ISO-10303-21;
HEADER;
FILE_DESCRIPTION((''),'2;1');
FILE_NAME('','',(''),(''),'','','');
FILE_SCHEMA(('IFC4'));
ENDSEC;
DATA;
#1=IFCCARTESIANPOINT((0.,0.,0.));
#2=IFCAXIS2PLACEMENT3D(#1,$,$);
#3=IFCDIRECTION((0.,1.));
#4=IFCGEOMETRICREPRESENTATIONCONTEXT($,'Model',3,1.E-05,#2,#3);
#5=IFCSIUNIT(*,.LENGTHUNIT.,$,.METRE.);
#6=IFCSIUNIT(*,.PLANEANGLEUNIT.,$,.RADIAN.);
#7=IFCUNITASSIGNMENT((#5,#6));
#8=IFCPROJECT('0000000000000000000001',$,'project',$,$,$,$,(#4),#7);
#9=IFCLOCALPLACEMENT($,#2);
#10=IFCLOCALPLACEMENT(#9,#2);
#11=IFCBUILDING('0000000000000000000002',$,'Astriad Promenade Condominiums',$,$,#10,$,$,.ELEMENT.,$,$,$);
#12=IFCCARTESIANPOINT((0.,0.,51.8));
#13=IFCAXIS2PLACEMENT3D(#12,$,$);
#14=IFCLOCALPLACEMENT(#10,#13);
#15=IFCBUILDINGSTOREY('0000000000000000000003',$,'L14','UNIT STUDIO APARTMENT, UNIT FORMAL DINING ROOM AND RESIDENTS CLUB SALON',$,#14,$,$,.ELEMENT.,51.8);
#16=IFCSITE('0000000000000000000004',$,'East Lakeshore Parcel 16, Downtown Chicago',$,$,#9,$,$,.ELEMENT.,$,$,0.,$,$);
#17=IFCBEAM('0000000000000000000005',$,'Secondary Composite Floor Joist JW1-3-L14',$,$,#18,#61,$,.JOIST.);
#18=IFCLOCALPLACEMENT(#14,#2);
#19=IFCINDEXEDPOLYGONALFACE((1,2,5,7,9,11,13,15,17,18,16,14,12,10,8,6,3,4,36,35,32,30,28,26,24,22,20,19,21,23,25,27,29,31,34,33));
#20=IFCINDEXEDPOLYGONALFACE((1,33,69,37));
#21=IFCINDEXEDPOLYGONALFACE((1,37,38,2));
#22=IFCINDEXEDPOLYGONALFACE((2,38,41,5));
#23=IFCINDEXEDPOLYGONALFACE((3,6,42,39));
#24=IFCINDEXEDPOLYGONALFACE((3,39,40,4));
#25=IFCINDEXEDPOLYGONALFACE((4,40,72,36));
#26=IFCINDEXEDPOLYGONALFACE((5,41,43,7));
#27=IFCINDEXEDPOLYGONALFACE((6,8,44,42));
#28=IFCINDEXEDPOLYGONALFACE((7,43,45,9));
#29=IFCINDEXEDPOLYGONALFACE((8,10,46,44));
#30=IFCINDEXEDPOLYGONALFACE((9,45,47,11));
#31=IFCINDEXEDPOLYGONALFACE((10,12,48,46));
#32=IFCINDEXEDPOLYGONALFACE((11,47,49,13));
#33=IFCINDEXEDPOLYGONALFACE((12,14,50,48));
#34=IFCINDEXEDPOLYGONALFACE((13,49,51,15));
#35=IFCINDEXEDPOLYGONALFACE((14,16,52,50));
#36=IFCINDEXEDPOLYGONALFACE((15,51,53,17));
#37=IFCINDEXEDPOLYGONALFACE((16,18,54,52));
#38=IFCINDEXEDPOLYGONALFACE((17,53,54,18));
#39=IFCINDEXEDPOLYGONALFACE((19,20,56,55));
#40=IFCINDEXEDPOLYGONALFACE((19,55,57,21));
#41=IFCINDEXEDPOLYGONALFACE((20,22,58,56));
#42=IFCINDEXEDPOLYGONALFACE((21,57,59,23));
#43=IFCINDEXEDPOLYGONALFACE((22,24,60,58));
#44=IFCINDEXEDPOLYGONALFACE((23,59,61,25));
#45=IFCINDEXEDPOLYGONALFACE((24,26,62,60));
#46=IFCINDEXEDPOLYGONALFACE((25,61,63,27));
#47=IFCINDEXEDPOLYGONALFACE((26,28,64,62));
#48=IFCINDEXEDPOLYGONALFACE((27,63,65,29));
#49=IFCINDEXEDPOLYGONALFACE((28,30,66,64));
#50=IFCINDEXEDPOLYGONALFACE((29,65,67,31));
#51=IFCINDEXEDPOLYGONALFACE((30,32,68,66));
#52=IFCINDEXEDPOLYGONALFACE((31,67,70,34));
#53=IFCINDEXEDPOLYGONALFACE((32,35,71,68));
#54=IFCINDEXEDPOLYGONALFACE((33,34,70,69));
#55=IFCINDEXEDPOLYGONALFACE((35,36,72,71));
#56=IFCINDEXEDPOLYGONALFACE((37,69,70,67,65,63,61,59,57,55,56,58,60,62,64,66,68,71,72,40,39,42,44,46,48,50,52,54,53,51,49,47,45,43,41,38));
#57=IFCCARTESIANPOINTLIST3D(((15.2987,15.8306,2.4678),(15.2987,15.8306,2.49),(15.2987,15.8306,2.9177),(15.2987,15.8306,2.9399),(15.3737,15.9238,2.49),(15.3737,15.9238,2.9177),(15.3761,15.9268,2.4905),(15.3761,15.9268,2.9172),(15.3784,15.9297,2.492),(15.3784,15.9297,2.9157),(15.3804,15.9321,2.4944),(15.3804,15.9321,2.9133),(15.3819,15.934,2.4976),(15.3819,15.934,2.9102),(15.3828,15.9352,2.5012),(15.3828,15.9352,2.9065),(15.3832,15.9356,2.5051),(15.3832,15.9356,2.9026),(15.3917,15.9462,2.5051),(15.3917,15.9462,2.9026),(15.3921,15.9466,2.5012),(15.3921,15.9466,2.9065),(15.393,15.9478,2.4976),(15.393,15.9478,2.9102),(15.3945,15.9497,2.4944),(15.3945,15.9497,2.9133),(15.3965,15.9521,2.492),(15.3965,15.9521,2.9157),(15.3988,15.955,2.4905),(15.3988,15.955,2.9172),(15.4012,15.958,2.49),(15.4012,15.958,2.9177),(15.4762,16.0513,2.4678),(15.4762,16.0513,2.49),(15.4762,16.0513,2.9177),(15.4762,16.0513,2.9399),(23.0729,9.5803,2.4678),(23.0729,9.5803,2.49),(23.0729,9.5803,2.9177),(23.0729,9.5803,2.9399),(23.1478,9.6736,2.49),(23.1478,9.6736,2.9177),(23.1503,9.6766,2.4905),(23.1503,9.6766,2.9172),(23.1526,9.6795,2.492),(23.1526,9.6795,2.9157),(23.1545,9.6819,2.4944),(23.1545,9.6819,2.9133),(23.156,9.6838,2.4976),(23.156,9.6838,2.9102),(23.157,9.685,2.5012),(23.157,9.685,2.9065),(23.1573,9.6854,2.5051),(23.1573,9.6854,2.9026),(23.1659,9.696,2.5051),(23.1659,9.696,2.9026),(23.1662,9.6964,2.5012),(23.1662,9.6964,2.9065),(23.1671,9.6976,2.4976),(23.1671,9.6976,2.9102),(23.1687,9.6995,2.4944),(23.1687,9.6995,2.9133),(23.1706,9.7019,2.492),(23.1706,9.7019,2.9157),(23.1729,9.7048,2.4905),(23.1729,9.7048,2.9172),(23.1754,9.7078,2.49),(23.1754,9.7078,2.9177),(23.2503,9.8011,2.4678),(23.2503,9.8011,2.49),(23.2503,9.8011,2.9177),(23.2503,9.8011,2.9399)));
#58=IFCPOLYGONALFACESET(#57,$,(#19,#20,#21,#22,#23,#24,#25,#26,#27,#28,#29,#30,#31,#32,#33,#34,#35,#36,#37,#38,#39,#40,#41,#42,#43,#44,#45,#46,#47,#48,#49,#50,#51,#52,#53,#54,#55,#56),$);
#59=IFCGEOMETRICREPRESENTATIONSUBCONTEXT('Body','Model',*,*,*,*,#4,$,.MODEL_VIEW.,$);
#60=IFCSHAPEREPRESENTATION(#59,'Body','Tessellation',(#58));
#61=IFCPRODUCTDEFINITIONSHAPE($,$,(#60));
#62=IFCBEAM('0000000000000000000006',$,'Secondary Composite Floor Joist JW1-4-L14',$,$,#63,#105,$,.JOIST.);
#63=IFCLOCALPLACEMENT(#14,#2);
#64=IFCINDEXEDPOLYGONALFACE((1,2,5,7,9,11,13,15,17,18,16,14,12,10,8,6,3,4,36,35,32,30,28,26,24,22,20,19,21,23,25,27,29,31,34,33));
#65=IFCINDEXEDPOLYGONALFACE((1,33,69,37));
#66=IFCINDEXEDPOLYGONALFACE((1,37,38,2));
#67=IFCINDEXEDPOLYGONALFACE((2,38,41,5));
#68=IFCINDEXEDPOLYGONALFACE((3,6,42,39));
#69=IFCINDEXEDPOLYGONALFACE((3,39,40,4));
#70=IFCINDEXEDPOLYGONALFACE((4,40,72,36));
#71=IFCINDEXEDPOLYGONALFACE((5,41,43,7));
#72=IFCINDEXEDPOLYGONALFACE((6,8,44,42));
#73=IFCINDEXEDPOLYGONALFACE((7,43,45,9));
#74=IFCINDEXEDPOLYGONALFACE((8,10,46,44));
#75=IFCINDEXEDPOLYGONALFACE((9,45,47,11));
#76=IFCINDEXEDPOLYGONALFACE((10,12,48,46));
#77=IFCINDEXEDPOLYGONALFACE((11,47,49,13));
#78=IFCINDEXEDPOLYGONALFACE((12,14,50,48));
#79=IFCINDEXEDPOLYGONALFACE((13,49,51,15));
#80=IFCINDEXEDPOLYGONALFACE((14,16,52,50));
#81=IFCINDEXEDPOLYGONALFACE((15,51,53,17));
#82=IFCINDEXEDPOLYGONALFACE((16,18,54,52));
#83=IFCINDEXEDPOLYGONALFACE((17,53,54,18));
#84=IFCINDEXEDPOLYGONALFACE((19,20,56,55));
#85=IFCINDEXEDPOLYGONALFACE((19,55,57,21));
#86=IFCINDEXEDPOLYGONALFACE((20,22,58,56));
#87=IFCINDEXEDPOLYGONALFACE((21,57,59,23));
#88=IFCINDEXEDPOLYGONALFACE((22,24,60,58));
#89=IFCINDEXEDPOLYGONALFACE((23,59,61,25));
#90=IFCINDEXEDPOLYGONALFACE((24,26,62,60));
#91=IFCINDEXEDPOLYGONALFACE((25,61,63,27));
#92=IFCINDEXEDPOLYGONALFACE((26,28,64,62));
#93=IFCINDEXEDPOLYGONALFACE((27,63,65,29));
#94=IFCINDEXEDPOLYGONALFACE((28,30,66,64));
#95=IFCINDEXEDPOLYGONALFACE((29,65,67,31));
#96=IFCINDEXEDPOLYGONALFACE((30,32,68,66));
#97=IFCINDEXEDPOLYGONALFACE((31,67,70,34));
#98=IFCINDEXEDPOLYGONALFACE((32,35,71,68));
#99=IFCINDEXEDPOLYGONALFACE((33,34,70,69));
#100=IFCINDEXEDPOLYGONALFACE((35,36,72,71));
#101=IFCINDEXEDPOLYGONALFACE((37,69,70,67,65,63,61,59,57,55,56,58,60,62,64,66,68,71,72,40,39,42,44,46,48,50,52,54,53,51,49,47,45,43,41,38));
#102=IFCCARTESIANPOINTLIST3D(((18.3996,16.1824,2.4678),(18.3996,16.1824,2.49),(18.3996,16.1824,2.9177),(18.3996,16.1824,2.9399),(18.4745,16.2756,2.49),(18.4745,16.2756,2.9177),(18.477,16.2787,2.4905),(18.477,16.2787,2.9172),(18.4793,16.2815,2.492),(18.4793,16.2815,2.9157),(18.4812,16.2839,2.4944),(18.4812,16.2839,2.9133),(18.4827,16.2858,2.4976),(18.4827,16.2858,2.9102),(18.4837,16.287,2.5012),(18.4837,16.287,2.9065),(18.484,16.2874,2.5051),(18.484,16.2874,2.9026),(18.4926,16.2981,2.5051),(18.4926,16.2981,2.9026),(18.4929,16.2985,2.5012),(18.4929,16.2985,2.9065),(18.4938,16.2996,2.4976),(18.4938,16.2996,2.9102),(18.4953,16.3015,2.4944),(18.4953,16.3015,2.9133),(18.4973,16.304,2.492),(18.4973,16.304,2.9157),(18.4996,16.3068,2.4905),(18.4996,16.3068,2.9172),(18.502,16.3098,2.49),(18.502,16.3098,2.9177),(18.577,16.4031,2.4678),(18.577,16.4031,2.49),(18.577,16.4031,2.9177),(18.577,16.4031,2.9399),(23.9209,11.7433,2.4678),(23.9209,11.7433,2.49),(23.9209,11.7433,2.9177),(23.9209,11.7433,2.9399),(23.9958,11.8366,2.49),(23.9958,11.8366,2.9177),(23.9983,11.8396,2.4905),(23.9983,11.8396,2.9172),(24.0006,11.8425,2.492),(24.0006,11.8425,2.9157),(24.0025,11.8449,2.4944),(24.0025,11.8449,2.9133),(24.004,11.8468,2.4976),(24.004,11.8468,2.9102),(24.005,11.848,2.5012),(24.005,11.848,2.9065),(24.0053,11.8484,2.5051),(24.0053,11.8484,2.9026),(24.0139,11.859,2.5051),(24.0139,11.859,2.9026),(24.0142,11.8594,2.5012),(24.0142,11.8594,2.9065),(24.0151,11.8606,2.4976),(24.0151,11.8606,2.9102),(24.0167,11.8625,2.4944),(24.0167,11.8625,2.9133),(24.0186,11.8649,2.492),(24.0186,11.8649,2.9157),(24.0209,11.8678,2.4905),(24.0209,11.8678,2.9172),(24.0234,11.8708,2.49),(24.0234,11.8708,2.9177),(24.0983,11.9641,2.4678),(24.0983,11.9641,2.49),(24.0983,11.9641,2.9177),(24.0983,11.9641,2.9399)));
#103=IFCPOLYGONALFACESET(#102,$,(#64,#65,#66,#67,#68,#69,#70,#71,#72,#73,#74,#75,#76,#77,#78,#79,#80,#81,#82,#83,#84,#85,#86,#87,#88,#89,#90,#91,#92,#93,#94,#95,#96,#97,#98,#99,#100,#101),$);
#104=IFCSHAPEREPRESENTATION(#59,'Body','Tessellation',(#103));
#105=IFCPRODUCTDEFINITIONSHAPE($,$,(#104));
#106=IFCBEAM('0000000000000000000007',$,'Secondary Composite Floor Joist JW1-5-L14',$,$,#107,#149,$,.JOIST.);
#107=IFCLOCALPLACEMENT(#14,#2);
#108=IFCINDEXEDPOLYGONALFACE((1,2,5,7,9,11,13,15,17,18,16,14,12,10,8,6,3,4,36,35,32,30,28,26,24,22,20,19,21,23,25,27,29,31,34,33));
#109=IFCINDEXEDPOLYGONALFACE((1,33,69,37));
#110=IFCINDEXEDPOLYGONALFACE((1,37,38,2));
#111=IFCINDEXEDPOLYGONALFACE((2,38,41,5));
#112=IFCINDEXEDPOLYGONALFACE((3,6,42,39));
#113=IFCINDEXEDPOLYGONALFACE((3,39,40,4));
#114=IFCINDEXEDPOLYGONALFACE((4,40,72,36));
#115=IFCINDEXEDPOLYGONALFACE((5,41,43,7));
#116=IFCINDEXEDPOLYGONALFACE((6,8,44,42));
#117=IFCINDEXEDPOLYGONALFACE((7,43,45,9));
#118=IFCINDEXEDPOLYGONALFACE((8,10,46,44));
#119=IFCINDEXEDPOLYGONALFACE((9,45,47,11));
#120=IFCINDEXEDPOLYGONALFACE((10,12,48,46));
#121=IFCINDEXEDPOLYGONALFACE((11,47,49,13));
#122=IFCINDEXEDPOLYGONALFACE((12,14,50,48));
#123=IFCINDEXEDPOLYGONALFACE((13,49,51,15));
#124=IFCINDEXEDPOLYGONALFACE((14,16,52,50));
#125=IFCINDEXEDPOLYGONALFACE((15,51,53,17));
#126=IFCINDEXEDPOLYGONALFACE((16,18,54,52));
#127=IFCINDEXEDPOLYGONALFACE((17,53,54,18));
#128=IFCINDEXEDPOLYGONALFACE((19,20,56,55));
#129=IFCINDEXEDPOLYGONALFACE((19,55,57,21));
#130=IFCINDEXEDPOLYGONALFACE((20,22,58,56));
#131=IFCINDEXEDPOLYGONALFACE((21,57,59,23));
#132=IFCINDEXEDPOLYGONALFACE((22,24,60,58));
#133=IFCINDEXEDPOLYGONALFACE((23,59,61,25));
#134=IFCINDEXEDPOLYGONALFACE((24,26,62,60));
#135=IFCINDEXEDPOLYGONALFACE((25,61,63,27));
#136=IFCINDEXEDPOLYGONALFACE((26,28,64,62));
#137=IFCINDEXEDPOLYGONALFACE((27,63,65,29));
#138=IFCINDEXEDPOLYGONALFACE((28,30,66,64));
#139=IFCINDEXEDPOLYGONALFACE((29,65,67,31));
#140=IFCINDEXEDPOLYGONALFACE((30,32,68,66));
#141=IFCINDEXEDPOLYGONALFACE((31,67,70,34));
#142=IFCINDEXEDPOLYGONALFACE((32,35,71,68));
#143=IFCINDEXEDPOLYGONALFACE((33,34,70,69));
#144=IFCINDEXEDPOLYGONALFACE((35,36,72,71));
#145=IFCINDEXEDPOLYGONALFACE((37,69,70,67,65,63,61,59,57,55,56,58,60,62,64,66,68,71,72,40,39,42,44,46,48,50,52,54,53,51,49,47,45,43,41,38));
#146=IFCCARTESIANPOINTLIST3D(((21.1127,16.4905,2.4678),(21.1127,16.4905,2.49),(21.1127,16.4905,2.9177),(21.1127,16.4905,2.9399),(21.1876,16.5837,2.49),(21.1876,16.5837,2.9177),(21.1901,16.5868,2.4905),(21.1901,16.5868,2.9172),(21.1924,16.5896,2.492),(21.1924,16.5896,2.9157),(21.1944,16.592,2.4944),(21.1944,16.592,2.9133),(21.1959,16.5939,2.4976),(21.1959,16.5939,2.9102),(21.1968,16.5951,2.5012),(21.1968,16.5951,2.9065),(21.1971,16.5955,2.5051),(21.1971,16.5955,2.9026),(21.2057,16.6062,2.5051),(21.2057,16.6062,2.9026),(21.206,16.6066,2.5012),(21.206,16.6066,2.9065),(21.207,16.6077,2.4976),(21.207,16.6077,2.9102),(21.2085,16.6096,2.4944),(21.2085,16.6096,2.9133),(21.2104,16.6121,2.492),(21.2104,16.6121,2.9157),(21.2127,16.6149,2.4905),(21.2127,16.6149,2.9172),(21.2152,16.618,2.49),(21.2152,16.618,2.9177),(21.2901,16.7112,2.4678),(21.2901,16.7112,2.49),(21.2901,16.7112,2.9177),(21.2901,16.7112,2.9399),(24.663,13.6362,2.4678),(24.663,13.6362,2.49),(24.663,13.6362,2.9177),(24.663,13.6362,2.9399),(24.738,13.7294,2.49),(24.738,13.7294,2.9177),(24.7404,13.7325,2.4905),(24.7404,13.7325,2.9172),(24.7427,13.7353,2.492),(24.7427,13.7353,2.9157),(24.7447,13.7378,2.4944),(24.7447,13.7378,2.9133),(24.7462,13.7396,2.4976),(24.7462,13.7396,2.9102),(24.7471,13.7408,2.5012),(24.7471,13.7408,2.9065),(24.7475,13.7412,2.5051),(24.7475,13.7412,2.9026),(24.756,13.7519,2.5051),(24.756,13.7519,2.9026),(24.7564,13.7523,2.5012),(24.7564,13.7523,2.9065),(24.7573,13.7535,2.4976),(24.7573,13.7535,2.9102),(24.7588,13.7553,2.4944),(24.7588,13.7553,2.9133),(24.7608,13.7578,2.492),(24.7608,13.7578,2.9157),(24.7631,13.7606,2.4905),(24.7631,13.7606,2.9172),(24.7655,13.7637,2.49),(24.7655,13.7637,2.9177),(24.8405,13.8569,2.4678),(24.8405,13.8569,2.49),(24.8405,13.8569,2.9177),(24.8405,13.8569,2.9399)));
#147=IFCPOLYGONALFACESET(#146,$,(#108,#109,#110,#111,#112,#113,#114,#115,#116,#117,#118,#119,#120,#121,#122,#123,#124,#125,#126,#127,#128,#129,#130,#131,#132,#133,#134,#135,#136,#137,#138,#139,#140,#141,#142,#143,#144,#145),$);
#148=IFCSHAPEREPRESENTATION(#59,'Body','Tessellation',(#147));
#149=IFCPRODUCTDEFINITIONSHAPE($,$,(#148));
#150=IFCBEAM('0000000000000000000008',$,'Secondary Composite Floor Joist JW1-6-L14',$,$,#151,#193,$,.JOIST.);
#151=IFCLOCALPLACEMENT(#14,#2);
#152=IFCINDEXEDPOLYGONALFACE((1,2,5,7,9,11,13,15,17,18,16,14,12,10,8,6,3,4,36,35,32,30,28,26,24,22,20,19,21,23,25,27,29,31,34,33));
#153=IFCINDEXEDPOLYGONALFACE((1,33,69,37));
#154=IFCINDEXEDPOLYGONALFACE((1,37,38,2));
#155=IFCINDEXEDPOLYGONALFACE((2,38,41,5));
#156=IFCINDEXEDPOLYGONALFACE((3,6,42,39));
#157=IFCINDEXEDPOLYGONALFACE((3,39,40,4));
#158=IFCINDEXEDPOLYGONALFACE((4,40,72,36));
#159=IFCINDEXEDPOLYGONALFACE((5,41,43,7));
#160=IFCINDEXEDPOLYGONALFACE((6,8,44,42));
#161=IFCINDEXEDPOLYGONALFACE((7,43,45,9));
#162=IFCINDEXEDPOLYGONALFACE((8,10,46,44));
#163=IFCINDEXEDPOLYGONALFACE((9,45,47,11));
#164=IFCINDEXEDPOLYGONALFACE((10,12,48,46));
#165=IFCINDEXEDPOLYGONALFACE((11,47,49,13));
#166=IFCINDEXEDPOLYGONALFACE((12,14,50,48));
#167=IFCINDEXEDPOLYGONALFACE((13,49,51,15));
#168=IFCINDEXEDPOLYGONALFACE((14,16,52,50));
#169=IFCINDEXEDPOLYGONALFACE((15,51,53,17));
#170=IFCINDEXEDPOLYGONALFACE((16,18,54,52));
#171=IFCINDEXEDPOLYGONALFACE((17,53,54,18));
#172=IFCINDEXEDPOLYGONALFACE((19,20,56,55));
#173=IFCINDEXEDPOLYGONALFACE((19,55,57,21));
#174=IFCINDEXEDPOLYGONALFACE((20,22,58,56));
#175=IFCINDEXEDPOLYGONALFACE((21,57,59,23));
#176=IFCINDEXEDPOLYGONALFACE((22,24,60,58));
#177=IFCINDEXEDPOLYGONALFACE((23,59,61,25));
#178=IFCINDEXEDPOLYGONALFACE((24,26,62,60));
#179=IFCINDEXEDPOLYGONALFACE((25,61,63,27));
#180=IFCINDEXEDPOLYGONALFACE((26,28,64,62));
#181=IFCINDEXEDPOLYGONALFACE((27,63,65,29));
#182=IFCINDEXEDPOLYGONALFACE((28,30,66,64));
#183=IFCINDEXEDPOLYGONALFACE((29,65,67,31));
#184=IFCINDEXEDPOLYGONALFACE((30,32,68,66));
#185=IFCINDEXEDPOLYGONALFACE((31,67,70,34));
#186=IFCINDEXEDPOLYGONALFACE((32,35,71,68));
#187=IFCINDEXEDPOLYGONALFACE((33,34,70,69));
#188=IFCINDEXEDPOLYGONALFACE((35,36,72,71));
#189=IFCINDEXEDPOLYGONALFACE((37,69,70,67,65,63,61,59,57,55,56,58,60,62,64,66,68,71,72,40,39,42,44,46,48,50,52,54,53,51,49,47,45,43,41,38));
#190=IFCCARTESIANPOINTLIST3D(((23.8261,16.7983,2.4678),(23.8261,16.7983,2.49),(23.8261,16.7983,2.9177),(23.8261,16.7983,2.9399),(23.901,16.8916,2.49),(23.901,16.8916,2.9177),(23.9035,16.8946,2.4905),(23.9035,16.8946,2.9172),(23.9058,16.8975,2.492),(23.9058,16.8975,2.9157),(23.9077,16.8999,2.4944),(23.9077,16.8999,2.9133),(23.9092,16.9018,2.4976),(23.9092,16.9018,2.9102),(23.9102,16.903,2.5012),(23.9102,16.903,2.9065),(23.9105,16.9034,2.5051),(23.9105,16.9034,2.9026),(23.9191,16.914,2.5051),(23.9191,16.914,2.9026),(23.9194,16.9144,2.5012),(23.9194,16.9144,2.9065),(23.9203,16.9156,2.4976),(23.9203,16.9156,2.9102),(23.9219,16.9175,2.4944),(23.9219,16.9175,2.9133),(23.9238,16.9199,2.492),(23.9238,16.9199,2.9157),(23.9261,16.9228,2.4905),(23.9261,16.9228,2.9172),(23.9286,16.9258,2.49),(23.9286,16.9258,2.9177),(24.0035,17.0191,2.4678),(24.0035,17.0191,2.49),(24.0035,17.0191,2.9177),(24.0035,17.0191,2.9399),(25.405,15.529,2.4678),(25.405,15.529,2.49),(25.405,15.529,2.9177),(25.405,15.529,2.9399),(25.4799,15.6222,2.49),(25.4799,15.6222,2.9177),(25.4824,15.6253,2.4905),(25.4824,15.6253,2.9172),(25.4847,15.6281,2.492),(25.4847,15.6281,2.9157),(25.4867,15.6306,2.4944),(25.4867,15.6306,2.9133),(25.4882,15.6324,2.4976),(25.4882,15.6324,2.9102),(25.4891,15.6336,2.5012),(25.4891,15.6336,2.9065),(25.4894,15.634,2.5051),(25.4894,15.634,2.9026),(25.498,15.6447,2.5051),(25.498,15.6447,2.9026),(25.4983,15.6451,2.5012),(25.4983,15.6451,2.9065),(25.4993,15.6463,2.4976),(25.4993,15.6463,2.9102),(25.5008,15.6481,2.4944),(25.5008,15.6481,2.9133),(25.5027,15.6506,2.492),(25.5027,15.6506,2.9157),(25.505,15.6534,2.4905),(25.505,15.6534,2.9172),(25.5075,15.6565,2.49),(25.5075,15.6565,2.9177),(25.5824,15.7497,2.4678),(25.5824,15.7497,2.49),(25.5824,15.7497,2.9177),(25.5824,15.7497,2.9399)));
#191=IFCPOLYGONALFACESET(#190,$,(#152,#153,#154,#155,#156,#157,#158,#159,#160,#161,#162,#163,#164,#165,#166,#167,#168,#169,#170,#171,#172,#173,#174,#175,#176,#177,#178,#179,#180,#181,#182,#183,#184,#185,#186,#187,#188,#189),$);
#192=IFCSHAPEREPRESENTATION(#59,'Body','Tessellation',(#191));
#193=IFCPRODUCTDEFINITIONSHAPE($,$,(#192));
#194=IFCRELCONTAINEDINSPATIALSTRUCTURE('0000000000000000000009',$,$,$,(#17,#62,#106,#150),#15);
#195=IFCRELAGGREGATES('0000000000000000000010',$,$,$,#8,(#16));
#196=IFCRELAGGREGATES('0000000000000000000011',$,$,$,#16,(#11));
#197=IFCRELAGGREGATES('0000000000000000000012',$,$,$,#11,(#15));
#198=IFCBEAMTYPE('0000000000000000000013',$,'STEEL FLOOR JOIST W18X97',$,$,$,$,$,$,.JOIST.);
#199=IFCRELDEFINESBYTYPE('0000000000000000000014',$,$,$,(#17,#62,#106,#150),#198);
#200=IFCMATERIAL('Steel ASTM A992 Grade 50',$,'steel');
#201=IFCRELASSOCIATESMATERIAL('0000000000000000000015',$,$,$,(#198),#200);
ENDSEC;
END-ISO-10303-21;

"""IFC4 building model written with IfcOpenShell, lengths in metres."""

from ifc_helpers import new_model, si_unit, direction, frame, origin, origin_2d, place, context, subcontext, project, spatial, i_section, extrude, source, transform, mapped, material, material_profile, profile_set, type_object, type_shapes, element, save


model = new_model("IFC4")

# Units and contexts
model_context = context("Model", 3, precision=1e-05, world=origin(), true_north=direction((0.0, 1.0)))
body_context = subcontext(model_context, "Body", "Model", "MODEL_VIEW")
ifc_project = project(units=[si_unit("LENGTHUNIT", "METRE"), si_unit("PLANEANGLEUNIT", "RADIAN")], contexts=[model_context])

# Site, building, storey
site_placement = place(None, origin())
site = spatial("IfcSite", under=ifc_project, at=site_placement, Name="East Lakeshore Parcel 16, Downtown Chicago", CompositionType="ELEMENT", RefElevation=0.0)
building_placement = place(site_placement, origin())
building = spatial("IfcBuilding", under=site, at=building_placement, Name="Astriad Promenade Condominiums", CompositionType="ELEMENT")
storey_placement = place(building_placement, frame((0.0, 0.0, 51.8)))
storey = spatial("IfcBuildingStorey", under=building, at=storey_placement, Name="L14", Description="UNIT STUDIO APARTMENT, UNIT FORMAL DINING ROOM AND RESIDENTS CLUB SALON", CompositionType="ELEMENT", Elevation=51.8)

# Beams
ifc_material_1 = material(Name="Steel ASTM A992 Grade 50", Category="steel")
ifc_material_profile = material_profile(ifc_material_1, i_section(OverallWidth=0.2832, OverallDepth=0.4722, WebThickness=0.0137, FlangeThickness=0.0222, FilletRadius=0.0151, at=origin_2d()), Name="W18X97")
ifc_profile_set = profile_set([ifc_material_profile], Name="Steel ASTM A992 Grade 50")
beam_type = type_object("IfcBeamType", Name="STEEL FLOOR JOIST W18X97", PredefinedType="JOIST", material=ifc_profile_set)
shared_shape_1 = source(origin(), body_context, "Body", "SweptSolid", [
    extrude(i_section(OverallWidth=0.2832, OverallDepth=0.4722, WebThickness=0.0137, FlangeThickness=0.0222, FilletRadius=0.0151, at=origin_2d()), origin(), (0.0, 0.0, 1.0), 9.9751),
])
beam_1_placement = place(storey_placement, frame((15.3875, 15.9409, 2.7039), z_axis=(0.779355, -0.626583, 0.0), x_axis=(0.626583, 0.779355, 0.0)))
element("IfcBeam", 1, at=beam_1_placement, inside=storey, type_object=beam_type, Name="Secondary Composite Floor Joist JW1-3-L14", PredefinedType="JOIST", context=body_context, shape_type="MappedRepresentation", body=[
    mapped(shared_shape_1, transform((0.0, 0.0, 0.0), scale=1.0)),
])
shared_shape_2 = source(origin(), body_context, "Body", "SweptSolid", [
    extrude(i_section(OverallWidth=0.2832, OverallDepth=0.4722, WebThickness=0.0137, FlangeThickness=0.0222, FilletRadius=0.0151, at=origin_2d()), origin(), (0.0, 0.0, 1.0), 7.0845),
])
beam_2_placement = place(storey_placement, frame((18.4883, 16.2927, 2.7039), z_axis=(0.779354, -0.626584, 0.0), x_axis=(0.626584, 0.779354, 0.0)))
element("IfcBeam", 2, at=beam_2_placement, inside=storey, type_object=beam_type, Name="Secondary Composite Floor Joist JW1-4-L14", PredefinedType="JOIST", context=body_context, shape_type="MappedRepresentation", body=[
    mapped(shared_shape_2, transform((0.0, 0.0, 0.0), scale=1.0)),
])
shared_shape_3 = source(origin(), body_context, "Body", "SweptSolid", [
    extrude(i_section(OverallWidth=0.2832, OverallDepth=0.4722, WebThickness=0.0137, FlangeThickness=0.0222, FilletRadius=0.0151, at=origin_2d()), origin(), (0.0, 0.0, 1.0), 4.5554),
])
beam_3_placement = place(storey_placement, frame((21.2014, 16.6008, 2.7039), z_axis=(0.779366, -0.626569, 0.0), x_axis=(0.626569, 0.779366, 0.0)))
element("IfcBeam", 3, at=beam_3_placement, inside=storey, type_object=beam_type, Name="Secondary Composite Floor Joist JW1-5-L14", PredefinedType="JOIST", context=body_context, shape_type="MappedRepresentation", body=[
    mapped(shared_shape_3, transform((0.0, 0.0, 0.0), scale=1.0)),
])
shared_shape_4 = source(origin(), body_context, "Body", "SweptSolid", [
    extrude(i_section(OverallWidth=0.2832, OverallDepth=0.4722, WebThickness=0.0137, FlangeThickness=0.0222, FilletRadius=0.0151, at=origin_2d()), origin(), (0.0, 0.0, 1.0), 2.0259),
])
type_shapes(beam_type, [shared_shape_1, shared_shape_2, shared_shape_3, shared_shape_4])
beam_4_placement = place(storey_placement, frame((23.9148, 16.9087, 2.7039), z_axis=(0.779373, -0.62656, 0.0), x_axis=(0.62656, 0.779373, 0.0)))
element("IfcBeam", 4, at=beam_4_placement, inside=storey, type_object=beam_type, Name="Secondary Composite Floor Joist JW1-6-L14", PredefinedType="JOIST", context=body_context, shape_type="MappedRepresentation", body=[
    mapped(shared_shape_4, transform((0.0, 0.0, 0.0), scale=1.0)),
])

save(model, "model.ifc")
